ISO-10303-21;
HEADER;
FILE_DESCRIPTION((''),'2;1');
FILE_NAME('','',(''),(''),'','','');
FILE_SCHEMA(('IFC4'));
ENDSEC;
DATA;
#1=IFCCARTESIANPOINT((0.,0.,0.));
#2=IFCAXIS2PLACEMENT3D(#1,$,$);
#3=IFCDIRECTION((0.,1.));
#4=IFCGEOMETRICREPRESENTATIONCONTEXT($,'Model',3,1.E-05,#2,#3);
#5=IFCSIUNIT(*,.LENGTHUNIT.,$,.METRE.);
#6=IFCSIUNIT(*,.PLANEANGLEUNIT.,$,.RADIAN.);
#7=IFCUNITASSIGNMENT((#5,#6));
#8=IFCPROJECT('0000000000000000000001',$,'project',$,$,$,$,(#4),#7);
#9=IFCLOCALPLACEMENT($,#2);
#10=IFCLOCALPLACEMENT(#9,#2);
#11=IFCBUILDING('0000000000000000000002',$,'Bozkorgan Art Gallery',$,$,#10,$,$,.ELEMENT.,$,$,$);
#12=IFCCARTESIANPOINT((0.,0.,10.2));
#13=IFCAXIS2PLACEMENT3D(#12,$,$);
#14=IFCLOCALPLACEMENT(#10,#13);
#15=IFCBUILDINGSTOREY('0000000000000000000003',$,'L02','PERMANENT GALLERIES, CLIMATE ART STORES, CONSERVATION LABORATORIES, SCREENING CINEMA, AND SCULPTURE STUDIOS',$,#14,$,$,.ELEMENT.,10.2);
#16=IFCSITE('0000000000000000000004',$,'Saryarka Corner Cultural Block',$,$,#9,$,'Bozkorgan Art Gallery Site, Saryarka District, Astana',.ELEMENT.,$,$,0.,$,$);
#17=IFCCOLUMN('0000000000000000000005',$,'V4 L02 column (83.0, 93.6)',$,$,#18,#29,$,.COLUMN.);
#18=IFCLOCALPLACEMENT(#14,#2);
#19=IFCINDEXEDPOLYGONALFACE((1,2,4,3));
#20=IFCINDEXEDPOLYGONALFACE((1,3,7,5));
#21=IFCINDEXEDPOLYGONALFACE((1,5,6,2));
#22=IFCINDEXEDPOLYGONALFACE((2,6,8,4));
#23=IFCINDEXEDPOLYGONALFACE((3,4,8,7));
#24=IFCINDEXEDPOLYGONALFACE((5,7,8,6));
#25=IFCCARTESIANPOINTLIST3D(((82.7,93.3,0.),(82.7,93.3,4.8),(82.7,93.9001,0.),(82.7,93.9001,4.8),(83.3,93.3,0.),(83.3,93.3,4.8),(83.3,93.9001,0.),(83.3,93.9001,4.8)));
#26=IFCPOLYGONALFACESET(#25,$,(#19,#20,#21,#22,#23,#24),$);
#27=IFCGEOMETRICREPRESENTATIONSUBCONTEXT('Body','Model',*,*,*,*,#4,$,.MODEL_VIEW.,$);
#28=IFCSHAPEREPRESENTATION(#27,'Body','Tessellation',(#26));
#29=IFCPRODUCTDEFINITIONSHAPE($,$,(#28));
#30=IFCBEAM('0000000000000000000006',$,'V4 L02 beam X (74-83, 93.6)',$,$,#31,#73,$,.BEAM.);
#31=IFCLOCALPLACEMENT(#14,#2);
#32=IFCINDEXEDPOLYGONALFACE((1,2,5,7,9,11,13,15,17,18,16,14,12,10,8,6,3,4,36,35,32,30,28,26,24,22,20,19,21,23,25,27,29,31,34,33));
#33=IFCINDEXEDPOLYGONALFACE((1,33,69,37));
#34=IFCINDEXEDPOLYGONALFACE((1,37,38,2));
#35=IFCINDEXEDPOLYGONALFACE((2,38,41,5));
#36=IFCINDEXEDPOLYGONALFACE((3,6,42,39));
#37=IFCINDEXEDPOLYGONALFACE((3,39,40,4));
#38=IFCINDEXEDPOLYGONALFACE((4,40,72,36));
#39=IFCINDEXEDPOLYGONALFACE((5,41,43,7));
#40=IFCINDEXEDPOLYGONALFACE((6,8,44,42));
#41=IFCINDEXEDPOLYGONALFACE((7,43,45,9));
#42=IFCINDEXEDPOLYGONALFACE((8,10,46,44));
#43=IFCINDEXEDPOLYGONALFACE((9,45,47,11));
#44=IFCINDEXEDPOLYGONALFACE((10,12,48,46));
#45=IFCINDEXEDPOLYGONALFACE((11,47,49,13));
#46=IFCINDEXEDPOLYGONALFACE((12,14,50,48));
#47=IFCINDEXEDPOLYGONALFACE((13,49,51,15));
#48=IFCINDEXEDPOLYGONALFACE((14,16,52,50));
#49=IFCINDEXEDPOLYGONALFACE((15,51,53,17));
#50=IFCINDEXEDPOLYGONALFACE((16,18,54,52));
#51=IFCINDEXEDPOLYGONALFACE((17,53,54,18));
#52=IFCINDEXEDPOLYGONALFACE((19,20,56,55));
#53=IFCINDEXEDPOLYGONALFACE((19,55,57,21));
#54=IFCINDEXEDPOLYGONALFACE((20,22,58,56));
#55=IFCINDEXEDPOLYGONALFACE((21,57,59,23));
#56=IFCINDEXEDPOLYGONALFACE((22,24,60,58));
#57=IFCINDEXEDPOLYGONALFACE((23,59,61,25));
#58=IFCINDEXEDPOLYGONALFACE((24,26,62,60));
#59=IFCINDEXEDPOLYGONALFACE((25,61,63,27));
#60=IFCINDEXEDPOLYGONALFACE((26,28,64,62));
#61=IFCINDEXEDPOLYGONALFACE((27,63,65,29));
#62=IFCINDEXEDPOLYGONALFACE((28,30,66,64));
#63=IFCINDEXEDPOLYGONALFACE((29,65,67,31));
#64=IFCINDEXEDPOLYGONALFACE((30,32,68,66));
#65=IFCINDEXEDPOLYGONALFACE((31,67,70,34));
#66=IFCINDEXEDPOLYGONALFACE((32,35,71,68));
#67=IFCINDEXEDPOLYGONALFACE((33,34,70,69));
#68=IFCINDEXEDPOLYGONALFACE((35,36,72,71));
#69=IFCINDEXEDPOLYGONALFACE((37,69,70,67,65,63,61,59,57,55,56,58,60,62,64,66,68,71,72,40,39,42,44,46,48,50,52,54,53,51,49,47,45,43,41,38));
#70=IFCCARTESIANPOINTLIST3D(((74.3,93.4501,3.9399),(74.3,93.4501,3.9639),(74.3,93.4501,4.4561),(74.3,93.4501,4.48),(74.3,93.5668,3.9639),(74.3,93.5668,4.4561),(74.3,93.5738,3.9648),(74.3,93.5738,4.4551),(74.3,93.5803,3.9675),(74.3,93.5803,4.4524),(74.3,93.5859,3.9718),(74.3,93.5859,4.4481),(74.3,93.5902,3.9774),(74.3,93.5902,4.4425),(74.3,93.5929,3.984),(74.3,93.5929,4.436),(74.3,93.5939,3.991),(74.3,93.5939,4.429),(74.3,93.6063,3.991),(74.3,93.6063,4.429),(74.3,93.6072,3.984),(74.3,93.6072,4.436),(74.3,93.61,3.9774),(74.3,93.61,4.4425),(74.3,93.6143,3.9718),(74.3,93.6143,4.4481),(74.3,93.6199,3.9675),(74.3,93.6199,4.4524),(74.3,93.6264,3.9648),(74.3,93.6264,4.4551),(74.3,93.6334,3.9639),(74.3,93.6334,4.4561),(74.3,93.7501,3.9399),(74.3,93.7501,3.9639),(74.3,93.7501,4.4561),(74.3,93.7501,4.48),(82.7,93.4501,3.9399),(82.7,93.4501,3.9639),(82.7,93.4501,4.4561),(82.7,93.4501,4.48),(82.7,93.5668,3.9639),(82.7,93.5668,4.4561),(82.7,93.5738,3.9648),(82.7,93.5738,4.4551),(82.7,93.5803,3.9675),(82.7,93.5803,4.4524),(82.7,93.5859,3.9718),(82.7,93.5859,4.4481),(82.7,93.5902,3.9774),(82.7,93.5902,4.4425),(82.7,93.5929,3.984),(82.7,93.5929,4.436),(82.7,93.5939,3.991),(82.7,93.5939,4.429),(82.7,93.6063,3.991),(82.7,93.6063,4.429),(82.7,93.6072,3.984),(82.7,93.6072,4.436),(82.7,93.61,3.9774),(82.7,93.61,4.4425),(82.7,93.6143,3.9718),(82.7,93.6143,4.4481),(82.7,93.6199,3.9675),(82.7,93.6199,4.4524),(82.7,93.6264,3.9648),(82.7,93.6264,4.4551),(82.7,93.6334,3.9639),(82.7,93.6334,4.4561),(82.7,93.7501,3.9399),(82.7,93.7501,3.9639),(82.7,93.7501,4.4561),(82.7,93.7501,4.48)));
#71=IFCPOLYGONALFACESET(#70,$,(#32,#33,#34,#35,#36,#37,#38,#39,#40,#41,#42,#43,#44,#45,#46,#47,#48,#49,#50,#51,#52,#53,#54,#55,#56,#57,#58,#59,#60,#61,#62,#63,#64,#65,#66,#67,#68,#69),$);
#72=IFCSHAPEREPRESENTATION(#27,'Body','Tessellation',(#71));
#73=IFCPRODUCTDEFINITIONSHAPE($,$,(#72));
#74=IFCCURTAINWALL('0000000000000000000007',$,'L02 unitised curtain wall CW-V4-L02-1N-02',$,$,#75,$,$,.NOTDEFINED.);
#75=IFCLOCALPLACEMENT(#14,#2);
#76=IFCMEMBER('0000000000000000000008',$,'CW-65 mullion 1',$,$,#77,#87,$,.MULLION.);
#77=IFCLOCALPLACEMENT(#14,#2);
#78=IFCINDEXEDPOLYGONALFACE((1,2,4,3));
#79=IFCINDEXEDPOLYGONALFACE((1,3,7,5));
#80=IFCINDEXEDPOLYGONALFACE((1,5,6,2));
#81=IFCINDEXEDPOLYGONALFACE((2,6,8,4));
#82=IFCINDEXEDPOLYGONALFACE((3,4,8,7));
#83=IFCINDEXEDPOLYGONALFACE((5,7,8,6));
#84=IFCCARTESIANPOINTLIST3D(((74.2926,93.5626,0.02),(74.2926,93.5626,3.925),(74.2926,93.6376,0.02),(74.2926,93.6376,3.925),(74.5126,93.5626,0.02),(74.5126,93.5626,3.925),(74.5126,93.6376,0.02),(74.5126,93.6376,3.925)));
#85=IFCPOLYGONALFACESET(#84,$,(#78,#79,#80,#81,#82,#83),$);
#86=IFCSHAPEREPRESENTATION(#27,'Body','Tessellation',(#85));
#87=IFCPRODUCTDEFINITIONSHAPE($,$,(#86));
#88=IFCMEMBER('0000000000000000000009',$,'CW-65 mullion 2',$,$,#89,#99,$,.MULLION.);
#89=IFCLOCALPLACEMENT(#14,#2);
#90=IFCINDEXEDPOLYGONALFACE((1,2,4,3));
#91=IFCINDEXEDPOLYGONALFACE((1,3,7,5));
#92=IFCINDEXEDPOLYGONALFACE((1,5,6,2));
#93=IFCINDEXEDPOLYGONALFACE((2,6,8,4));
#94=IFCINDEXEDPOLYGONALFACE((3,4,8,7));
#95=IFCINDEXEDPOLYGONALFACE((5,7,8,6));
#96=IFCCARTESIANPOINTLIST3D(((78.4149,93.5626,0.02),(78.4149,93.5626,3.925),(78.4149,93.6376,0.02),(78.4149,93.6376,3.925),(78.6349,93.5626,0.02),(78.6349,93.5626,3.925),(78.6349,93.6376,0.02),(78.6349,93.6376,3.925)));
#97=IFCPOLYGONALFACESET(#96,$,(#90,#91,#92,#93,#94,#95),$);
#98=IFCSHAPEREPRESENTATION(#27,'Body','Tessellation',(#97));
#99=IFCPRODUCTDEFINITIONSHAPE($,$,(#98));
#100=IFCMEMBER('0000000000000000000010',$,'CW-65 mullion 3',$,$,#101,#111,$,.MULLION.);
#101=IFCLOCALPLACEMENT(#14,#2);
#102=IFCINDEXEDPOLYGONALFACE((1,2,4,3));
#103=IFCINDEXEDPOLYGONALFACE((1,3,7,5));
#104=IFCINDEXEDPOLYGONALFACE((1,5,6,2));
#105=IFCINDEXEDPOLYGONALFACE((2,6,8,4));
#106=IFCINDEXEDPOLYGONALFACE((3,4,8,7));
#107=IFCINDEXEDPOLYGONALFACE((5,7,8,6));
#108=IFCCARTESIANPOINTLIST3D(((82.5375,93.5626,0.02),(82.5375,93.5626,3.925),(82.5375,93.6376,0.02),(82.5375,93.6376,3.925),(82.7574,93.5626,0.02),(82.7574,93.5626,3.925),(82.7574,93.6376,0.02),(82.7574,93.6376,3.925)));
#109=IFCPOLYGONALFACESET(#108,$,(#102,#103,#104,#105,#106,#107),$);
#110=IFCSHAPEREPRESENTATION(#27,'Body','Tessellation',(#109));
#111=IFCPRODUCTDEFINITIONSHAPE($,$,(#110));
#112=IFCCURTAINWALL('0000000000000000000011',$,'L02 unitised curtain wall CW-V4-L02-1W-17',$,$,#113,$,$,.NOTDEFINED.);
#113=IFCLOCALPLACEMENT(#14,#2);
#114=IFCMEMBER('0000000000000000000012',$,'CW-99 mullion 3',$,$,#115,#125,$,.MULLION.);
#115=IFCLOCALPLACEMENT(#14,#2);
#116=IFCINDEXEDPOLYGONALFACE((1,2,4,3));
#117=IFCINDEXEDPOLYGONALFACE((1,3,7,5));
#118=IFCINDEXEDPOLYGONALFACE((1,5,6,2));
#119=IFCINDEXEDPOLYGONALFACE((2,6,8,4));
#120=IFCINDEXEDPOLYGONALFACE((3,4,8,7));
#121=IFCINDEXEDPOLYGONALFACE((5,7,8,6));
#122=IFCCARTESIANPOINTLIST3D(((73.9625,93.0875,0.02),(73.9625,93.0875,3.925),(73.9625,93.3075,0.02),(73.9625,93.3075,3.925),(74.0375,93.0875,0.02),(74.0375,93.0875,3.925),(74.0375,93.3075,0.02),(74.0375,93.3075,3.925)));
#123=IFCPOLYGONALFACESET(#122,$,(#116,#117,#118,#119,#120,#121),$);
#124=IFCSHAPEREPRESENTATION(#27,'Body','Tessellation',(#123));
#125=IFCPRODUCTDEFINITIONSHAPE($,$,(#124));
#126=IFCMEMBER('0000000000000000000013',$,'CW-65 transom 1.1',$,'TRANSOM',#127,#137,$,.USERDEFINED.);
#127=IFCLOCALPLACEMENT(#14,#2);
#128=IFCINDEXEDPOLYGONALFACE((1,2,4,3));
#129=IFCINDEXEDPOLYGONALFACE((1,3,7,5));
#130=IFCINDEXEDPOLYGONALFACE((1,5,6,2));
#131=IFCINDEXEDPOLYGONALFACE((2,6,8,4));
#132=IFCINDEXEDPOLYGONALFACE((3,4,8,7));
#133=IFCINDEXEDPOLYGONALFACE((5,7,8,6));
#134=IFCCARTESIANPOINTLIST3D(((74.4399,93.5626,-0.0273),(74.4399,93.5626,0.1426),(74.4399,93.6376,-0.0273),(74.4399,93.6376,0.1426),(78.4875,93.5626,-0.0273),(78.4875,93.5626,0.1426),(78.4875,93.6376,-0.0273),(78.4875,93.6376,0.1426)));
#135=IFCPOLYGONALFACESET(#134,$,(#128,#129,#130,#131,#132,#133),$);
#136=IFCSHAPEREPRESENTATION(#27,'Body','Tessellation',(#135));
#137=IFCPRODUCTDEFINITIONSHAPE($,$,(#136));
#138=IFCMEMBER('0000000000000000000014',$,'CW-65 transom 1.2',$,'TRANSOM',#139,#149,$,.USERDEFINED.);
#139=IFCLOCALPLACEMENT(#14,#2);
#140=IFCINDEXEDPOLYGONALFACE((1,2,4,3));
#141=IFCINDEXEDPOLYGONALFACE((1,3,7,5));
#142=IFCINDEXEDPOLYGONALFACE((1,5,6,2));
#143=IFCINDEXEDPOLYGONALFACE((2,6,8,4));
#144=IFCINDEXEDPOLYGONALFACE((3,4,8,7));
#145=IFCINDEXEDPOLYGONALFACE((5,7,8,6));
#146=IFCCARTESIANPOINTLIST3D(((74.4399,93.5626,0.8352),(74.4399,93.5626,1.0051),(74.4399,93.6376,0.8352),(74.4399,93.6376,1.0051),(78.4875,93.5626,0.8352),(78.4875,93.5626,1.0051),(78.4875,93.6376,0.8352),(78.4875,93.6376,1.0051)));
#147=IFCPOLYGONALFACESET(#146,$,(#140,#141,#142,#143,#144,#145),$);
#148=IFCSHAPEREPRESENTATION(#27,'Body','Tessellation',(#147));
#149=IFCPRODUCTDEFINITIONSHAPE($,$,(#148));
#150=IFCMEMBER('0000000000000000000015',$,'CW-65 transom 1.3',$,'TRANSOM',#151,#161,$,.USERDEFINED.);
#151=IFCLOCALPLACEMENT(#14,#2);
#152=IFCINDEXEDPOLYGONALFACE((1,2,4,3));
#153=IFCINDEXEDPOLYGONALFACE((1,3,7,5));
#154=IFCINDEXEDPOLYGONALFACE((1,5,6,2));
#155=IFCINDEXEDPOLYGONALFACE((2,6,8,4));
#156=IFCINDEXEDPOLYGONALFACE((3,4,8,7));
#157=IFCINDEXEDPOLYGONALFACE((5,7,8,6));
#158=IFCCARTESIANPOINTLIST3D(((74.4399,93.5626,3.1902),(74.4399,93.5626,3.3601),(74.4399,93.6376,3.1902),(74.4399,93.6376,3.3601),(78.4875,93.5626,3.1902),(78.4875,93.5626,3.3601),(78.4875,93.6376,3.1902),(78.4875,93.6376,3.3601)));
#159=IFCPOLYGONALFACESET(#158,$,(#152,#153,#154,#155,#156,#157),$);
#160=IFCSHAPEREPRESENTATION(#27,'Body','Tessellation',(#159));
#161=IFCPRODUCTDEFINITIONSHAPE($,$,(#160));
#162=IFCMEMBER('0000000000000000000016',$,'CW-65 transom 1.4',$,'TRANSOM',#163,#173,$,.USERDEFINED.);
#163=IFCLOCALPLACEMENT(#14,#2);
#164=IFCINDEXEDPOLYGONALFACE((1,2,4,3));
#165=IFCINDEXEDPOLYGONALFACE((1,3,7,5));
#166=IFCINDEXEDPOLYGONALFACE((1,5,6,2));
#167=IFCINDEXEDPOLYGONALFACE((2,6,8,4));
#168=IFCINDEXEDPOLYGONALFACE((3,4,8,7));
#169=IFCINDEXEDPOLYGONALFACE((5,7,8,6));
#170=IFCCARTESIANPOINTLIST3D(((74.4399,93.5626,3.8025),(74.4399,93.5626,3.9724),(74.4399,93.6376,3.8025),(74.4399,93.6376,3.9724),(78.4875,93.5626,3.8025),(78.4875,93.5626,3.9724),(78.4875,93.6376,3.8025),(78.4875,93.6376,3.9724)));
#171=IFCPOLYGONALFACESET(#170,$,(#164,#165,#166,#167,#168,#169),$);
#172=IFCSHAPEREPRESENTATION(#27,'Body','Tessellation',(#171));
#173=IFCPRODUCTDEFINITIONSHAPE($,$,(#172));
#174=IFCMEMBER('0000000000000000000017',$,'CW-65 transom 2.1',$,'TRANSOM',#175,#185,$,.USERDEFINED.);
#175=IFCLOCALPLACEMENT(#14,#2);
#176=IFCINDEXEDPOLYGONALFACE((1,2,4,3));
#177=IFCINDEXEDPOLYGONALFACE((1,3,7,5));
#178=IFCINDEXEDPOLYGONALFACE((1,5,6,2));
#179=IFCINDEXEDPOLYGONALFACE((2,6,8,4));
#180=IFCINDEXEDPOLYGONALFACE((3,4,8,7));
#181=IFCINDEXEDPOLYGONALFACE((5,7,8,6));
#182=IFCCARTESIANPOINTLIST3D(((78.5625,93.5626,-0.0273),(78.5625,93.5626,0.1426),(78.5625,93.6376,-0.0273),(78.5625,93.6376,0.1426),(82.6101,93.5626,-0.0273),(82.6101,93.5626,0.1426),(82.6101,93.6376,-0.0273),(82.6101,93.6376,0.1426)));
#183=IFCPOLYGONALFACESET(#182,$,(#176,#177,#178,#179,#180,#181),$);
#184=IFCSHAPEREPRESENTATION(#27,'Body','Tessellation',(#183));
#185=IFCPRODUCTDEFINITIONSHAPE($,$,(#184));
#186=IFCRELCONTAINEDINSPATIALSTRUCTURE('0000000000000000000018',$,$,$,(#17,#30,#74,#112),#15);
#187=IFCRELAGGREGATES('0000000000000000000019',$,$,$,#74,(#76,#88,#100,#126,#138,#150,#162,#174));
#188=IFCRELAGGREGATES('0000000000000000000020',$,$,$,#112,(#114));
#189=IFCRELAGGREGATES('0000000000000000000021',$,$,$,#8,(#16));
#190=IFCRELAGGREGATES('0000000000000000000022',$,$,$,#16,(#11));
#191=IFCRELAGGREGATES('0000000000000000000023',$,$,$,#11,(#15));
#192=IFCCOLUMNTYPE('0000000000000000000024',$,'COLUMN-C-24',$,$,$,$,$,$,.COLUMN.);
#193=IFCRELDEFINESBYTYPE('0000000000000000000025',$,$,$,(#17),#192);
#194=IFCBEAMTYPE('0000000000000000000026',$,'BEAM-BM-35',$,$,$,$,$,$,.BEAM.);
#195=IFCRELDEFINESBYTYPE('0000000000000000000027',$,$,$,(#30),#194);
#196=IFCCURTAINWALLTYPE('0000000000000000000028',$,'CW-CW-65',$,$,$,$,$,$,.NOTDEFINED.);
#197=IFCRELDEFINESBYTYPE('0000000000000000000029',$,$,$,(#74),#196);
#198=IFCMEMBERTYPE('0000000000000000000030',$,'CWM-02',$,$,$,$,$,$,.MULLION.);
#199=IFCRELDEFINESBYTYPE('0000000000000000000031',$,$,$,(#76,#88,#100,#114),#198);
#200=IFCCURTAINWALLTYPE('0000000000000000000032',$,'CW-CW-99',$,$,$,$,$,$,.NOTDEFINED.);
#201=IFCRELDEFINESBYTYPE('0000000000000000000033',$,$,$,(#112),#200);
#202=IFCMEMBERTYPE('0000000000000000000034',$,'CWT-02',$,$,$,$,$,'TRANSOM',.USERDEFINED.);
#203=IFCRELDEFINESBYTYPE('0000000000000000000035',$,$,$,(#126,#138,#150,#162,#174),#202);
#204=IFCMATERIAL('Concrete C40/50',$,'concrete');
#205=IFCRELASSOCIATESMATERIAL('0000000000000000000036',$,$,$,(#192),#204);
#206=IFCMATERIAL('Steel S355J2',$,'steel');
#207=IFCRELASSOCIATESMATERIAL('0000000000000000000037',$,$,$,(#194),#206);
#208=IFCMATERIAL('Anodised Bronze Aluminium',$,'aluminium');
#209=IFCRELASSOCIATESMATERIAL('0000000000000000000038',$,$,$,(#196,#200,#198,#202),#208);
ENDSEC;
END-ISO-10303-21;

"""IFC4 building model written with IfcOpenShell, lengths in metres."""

from ifc_helpers import new_model, si_unit, direction, frame, origin, origin_2d, place, context, subcontext, project, spatial, rectangle, i_section, extrude, material, material_profile, profile_set, type_object, element, aggregate, save


model = new_model("IFC4")

# Units and contexts
model_context = context("Model", 3, precision=1e-05, world=origin(), true_north=direction((0.0, 1.0)))
body_context = subcontext(model_context, "Body", "Model", "MODEL_VIEW")
ifc_project = project(units=[si_unit("LENGTHUNIT", "METRE"), si_unit("PLANEANGLEUNIT", "RADIAN")], contexts=[model_context])

# Site, building, storey
site_placement = place(None, origin())
site = spatial("IfcSite", under=ifc_project, at=site_placement, Name="Saryarka Corner Cultural Block", LongName="Bozkorgan Art Gallery Site, Saryarka District, Astana", CompositionType="ELEMENT", RefElevation=0.0)
building_placement = place(site_placement, origin())
building = spatial("IfcBuilding", under=site, at=building_placement, Name="Bozkorgan Art Gallery", CompositionType="ELEMENT")
storey_placement = place(building_placement, frame((0.0, 0.0, 10.2)))
storey = spatial("IfcBuildingStorey", under=building, at=storey_placement, Name="L02", Description="PERMANENT GALLERIES, CLIMATE ART STORES, CONSERVATION LABORATORIES, SCREENING CINEMA, AND SCULPTURE STUDIOS", CompositionType="ELEMENT", Elevation=10.2)

# Column
ifc_material_1 = material(Name="Concrete C40/50", Category="concrete")
ifc_material_profile_1 = material_profile(ifc_material_1, rectangle(XDim=0.6001, YDim=0.6001, at=origin_2d()), Name="RC 600x600")
ifc_profile_set_1 = profile_set([ifc_material_profile_1], Name="Concrete C40/50")
column_type = type_object("IfcColumnType", Name="COLUMN-C-24", PredefinedType="COLUMN", material=ifc_profile_set_1)
column_placement = place(storey_placement, frame((83.0, 93.6001, 0.0), z_axis=(0.0, 0.0, 1.0), x_axis=(1.0, 0.0, 0.0)))
element("IfcColumn", 1, at=column_placement, inside=storey, type_object=column_type, Name="V4 L02 column (83.0, 93.6)", PredefinedType="COLUMN", context=body_context, shape_type="SweptSolid", body=[
    extrude(rectangle(XDim=0.6001, YDim=0.6001, at=origin_2d()), origin(), (0.0, 0.0, 1.0), 4.8),
])

# Beam
ifc_material_2 = material(Name="Steel S355J2", Category="steel")
ifc_material_profile_2 = material_profile(ifc_material_2, i_section(OverallWidth=0.3, OverallDepth=0.54, WebThickness=0.0125, FlangeThickness=0.0239, FilletRadius=0.0271, at=origin_2d()), Name="HEA 550")
ifc_profile_set_2 = profile_set([ifc_material_profile_2], Name="Steel S355J2")
beam_type = type_object("IfcBeamType", Name="BEAM-BM-35", PredefinedType="BEAM", material=ifc_profile_set_2)
beam_placement = place(storey_placement, frame((74.3, 93.6001, 4.21), z_axis=(1.0, 0.0, 0.0), x_axis=(0.0, 1.0, 0.0)))
element("IfcBeam", 2, at=beam_placement, inside=storey, type_object=beam_type, Name="V4 L02 beam X (74-83, 93.6)", PredefinedType="BEAM", context=body_context, shape_type="SweptSolid", body=[
    extrude(i_section(OverallWidth=0.3, OverallDepth=0.54, WebThickness=0.0125, FlangeThickness=0.0239, FilletRadius=0.0271, at=origin_2d()), origin(), (0.0, 0.0, 1.0), 8.3999),
])

# Curtain wall, members
ifc_material_3 = material(Name="Anodised Bronze Aluminium", Category="aluminium")
curtain_wall_type_1 = type_object("IfcCurtainWallType", Name="CW-CW-65", PredefinedType="NOTDEFINED", material=ifc_material_3)
curtain_wall_1_placement = place(storey_placement, origin())
curtain_wall_1 = element("IfcCurtainWall", 3, at=curtain_wall_1_placement, inside=storey, type_object=curtain_wall_type_1, Name="L02 unitised curtain wall CW-V4-L02-1N-02", PredefinedType="NOTDEFINED")
ifc_material_profile_3 = material_profile(ifc_material_3, rectangle(XDim=0.075, YDim=0.22, at=origin_2d()), Name="ALU MULLION 75x220")
ifc_profile_set_3 = profile_set([ifc_material_profile_3], Name="Anodised Bronze Aluminium")
member_type_1 = type_object("IfcMemberType", Name="CWM-02", PredefinedType="MULLION", material=ifc_profile_set_3)
member_1_placement = place(storey_placement, frame((74.4026, 93.6001, 0.02), z_axis=(0.0, 0.0, 1.0), x_axis=(0.0, 1.0, 0.0)))
member_1 = element("IfcMember", 4, at=member_1_placement, type_object=member_type_1, Name="CW-65 mullion 1", PredefinedType="MULLION", context=body_context, shape_type="SweptSolid", body=[
    extrude(rectangle(XDim=0.075, YDim=0.22, at=origin_2d()), origin(), (0.0, 0.0, 1.0), 3.905),
])
member_2_placement = place(storey_placement, frame((78.5249, 93.6001, 0.02), z_axis=(0.0, 0.0, 1.0), x_axis=(0.0, 1.0, 0.0)))
member_2 = element("IfcMember", 5, at=member_2_placement, type_object=member_type_1, Name="CW-65 mullion 2", PredefinedType="MULLION", context=body_context, shape_type="SweptSolid", body=[
    extrude(rectangle(XDim=0.075, YDim=0.22, at=origin_2d()), origin(), (0.0, 0.0, 1.0), 3.905),
])
member_3_placement = place(storey_placement, frame((82.6475, 93.6001, 0.02), z_axis=(0.0, 0.0, 1.0), x_axis=(0.0, 1.0, 0.0)))
member_3 = element("IfcMember", 6, at=member_3_placement, type_object=member_type_1, Name="CW-65 mullion 3", PredefinedType="MULLION", context=body_context, shape_type="SweptSolid", body=[
    extrude(rectangle(XDim=0.075, YDim=0.22, at=origin_2d()), origin(), (0.0, 0.0, 1.0), 3.905),
])

# Curtain wall, member
curtain_wall_type_2 = type_object("IfcCurtainWallType", Name="CW-CW-99", PredefinedType="NOTDEFINED", material=ifc_material_3)
curtain_wall_2_placement = place(storey_placement, origin())
curtain_wall_2 = element("IfcCurtainWall", 7, at=curtain_wall_2_placement, inside=storey, type_object=curtain_wall_type_2, Name="L02 unitised curtain wall CW-V4-L02-1W-17", PredefinedType="NOTDEFINED")
member_4_placement = place(storey_placement, frame((74.0, 93.1975, 0.02), z_axis=(0.0, 0.0, 1.0), x_axis=(-1.0, 0.0, 0.0)))
member_4 = element("IfcMember", 8, at=member_4_placement, type_object=member_type_1, Name="CW-99 mullion 3", PredefinedType="MULLION", context=body_context, shape_type="SweptSolid", body=[
    extrude(rectangle(XDim=0.075, YDim=0.22, at=origin_2d()), origin(), (0.0, 0.0, 1.0), 3.905),
])

# Members
ifc_material_profile_4 = material_profile(ifc_material_3, rectangle(XDim=0.075, YDim=0.1699, at=origin_2d()), Name="ALU TRANSOM 75x170")
ifc_profile_set_4 = profile_set([ifc_material_profile_4], Name="Anodised Bronze Aluminium")
member_type_2 = type_object("IfcMemberType", Name="CWT-02", ElementType="TRANSOM", PredefinedType="USERDEFINED", material=ifc_profile_set_4)
member_5_placement = place(storey_placement, frame((74.4399, 93.6001, 0.0576), z_axis=(1.0, 0.0, 0.0), x_axis=(0.0, 1.0, 0.0)))
member_5 = element("IfcMember", 9, at=member_5_placement, type_object=member_type_2, Name="CW-65 transom 1.1", ObjectType="TRANSOM", PredefinedType="USERDEFINED", context=body_context, shape_type="SweptSolid", body=[
    extrude(rectangle(XDim=0.075, YDim=0.1699, at=origin_2d()), origin(), (0.0, 0.0, 1.0), 4.0476),
])
member_6_placement = place(storey_placement, frame((74.4399, 93.6001, 0.9202), z_axis=(1.0, 0.0, 0.0), x_axis=(0.0, 1.0, 0.0)))
member_6 = element("IfcMember", 10, at=member_6_placement, type_object=member_type_2, Name="CW-65 transom 1.2", ObjectType="TRANSOM", PredefinedType="USERDEFINED", context=body_context, shape_type="SweptSolid", body=[
    extrude(rectangle(XDim=0.075, YDim=0.1699, at=origin_2d()), origin(), (0.0, 0.0, 1.0), 4.0476),
])
member_7_placement = place(storey_placement, frame((74.4399, 93.6001, 3.2751), z_axis=(1.0, 0.0, 0.0), x_axis=(0.0, 1.0, 0.0)))
member_7 = element("IfcMember", 11, at=member_7_placement, type_object=member_type_2, Name="CW-65 transom 1.3", ObjectType="TRANSOM", PredefinedType="USERDEFINED", context=body_context, shape_type="SweptSolid", body=[
    extrude(rectangle(XDim=0.075, YDim=0.1699, at=origin_2d()), origin(), (0.0, 0.0, 1.0), 4.0476),
])
member_8_placement = place(storey_placement, frame((74.4399, 93.6001, 3.8875), z_axis=(1.0, 0.0, 0.0), x_axis=(0.0, 1.0, 0.0)))
member_8 = element("IfcMember", 12, at=member_8_placement, type_object=member_type_2, Name="CW-65 transom 1.4", ObjectType="TRANSOM", PredefinedType="USERDEFINED", context=body_context, shape_type="SweptSolid", body=[
    extrude(rectangle(XDim=0.075, YDim=0.1699, at=origin_2d()), origin(), (0.0, 0.0, 1.0), 4.0476),
])
member_9_placement = place(storey_placement, frame((78.5625, 93.6001, 0.0576), z_axis=(1.0, 0.0, 0.0), x_axis=(0.0, 1.0, 0.0)))
member_9 = element("IfcMember", 13, at=member_9_placement, type_object=member_type_2, Name="CW-65 transom 2.1", ObjectType="TRANSOM", PredefinedType="USERDEFINED", context=body_context, shape_type="SweptSolid", body=[
    extrude(rectangle(XDim=0.075, YDim=0.1699, at=origin_2d()), origin(), (0.0, 0.0, 1.0), 4.0476),
])

aggregate(curtain_wall_1, [member_1, member_2, member_3, member_5, member_6, member_7, member_8, member_9])
aggregate(curtain_wall_2, [member_4])

save(model, "model.ifc")
